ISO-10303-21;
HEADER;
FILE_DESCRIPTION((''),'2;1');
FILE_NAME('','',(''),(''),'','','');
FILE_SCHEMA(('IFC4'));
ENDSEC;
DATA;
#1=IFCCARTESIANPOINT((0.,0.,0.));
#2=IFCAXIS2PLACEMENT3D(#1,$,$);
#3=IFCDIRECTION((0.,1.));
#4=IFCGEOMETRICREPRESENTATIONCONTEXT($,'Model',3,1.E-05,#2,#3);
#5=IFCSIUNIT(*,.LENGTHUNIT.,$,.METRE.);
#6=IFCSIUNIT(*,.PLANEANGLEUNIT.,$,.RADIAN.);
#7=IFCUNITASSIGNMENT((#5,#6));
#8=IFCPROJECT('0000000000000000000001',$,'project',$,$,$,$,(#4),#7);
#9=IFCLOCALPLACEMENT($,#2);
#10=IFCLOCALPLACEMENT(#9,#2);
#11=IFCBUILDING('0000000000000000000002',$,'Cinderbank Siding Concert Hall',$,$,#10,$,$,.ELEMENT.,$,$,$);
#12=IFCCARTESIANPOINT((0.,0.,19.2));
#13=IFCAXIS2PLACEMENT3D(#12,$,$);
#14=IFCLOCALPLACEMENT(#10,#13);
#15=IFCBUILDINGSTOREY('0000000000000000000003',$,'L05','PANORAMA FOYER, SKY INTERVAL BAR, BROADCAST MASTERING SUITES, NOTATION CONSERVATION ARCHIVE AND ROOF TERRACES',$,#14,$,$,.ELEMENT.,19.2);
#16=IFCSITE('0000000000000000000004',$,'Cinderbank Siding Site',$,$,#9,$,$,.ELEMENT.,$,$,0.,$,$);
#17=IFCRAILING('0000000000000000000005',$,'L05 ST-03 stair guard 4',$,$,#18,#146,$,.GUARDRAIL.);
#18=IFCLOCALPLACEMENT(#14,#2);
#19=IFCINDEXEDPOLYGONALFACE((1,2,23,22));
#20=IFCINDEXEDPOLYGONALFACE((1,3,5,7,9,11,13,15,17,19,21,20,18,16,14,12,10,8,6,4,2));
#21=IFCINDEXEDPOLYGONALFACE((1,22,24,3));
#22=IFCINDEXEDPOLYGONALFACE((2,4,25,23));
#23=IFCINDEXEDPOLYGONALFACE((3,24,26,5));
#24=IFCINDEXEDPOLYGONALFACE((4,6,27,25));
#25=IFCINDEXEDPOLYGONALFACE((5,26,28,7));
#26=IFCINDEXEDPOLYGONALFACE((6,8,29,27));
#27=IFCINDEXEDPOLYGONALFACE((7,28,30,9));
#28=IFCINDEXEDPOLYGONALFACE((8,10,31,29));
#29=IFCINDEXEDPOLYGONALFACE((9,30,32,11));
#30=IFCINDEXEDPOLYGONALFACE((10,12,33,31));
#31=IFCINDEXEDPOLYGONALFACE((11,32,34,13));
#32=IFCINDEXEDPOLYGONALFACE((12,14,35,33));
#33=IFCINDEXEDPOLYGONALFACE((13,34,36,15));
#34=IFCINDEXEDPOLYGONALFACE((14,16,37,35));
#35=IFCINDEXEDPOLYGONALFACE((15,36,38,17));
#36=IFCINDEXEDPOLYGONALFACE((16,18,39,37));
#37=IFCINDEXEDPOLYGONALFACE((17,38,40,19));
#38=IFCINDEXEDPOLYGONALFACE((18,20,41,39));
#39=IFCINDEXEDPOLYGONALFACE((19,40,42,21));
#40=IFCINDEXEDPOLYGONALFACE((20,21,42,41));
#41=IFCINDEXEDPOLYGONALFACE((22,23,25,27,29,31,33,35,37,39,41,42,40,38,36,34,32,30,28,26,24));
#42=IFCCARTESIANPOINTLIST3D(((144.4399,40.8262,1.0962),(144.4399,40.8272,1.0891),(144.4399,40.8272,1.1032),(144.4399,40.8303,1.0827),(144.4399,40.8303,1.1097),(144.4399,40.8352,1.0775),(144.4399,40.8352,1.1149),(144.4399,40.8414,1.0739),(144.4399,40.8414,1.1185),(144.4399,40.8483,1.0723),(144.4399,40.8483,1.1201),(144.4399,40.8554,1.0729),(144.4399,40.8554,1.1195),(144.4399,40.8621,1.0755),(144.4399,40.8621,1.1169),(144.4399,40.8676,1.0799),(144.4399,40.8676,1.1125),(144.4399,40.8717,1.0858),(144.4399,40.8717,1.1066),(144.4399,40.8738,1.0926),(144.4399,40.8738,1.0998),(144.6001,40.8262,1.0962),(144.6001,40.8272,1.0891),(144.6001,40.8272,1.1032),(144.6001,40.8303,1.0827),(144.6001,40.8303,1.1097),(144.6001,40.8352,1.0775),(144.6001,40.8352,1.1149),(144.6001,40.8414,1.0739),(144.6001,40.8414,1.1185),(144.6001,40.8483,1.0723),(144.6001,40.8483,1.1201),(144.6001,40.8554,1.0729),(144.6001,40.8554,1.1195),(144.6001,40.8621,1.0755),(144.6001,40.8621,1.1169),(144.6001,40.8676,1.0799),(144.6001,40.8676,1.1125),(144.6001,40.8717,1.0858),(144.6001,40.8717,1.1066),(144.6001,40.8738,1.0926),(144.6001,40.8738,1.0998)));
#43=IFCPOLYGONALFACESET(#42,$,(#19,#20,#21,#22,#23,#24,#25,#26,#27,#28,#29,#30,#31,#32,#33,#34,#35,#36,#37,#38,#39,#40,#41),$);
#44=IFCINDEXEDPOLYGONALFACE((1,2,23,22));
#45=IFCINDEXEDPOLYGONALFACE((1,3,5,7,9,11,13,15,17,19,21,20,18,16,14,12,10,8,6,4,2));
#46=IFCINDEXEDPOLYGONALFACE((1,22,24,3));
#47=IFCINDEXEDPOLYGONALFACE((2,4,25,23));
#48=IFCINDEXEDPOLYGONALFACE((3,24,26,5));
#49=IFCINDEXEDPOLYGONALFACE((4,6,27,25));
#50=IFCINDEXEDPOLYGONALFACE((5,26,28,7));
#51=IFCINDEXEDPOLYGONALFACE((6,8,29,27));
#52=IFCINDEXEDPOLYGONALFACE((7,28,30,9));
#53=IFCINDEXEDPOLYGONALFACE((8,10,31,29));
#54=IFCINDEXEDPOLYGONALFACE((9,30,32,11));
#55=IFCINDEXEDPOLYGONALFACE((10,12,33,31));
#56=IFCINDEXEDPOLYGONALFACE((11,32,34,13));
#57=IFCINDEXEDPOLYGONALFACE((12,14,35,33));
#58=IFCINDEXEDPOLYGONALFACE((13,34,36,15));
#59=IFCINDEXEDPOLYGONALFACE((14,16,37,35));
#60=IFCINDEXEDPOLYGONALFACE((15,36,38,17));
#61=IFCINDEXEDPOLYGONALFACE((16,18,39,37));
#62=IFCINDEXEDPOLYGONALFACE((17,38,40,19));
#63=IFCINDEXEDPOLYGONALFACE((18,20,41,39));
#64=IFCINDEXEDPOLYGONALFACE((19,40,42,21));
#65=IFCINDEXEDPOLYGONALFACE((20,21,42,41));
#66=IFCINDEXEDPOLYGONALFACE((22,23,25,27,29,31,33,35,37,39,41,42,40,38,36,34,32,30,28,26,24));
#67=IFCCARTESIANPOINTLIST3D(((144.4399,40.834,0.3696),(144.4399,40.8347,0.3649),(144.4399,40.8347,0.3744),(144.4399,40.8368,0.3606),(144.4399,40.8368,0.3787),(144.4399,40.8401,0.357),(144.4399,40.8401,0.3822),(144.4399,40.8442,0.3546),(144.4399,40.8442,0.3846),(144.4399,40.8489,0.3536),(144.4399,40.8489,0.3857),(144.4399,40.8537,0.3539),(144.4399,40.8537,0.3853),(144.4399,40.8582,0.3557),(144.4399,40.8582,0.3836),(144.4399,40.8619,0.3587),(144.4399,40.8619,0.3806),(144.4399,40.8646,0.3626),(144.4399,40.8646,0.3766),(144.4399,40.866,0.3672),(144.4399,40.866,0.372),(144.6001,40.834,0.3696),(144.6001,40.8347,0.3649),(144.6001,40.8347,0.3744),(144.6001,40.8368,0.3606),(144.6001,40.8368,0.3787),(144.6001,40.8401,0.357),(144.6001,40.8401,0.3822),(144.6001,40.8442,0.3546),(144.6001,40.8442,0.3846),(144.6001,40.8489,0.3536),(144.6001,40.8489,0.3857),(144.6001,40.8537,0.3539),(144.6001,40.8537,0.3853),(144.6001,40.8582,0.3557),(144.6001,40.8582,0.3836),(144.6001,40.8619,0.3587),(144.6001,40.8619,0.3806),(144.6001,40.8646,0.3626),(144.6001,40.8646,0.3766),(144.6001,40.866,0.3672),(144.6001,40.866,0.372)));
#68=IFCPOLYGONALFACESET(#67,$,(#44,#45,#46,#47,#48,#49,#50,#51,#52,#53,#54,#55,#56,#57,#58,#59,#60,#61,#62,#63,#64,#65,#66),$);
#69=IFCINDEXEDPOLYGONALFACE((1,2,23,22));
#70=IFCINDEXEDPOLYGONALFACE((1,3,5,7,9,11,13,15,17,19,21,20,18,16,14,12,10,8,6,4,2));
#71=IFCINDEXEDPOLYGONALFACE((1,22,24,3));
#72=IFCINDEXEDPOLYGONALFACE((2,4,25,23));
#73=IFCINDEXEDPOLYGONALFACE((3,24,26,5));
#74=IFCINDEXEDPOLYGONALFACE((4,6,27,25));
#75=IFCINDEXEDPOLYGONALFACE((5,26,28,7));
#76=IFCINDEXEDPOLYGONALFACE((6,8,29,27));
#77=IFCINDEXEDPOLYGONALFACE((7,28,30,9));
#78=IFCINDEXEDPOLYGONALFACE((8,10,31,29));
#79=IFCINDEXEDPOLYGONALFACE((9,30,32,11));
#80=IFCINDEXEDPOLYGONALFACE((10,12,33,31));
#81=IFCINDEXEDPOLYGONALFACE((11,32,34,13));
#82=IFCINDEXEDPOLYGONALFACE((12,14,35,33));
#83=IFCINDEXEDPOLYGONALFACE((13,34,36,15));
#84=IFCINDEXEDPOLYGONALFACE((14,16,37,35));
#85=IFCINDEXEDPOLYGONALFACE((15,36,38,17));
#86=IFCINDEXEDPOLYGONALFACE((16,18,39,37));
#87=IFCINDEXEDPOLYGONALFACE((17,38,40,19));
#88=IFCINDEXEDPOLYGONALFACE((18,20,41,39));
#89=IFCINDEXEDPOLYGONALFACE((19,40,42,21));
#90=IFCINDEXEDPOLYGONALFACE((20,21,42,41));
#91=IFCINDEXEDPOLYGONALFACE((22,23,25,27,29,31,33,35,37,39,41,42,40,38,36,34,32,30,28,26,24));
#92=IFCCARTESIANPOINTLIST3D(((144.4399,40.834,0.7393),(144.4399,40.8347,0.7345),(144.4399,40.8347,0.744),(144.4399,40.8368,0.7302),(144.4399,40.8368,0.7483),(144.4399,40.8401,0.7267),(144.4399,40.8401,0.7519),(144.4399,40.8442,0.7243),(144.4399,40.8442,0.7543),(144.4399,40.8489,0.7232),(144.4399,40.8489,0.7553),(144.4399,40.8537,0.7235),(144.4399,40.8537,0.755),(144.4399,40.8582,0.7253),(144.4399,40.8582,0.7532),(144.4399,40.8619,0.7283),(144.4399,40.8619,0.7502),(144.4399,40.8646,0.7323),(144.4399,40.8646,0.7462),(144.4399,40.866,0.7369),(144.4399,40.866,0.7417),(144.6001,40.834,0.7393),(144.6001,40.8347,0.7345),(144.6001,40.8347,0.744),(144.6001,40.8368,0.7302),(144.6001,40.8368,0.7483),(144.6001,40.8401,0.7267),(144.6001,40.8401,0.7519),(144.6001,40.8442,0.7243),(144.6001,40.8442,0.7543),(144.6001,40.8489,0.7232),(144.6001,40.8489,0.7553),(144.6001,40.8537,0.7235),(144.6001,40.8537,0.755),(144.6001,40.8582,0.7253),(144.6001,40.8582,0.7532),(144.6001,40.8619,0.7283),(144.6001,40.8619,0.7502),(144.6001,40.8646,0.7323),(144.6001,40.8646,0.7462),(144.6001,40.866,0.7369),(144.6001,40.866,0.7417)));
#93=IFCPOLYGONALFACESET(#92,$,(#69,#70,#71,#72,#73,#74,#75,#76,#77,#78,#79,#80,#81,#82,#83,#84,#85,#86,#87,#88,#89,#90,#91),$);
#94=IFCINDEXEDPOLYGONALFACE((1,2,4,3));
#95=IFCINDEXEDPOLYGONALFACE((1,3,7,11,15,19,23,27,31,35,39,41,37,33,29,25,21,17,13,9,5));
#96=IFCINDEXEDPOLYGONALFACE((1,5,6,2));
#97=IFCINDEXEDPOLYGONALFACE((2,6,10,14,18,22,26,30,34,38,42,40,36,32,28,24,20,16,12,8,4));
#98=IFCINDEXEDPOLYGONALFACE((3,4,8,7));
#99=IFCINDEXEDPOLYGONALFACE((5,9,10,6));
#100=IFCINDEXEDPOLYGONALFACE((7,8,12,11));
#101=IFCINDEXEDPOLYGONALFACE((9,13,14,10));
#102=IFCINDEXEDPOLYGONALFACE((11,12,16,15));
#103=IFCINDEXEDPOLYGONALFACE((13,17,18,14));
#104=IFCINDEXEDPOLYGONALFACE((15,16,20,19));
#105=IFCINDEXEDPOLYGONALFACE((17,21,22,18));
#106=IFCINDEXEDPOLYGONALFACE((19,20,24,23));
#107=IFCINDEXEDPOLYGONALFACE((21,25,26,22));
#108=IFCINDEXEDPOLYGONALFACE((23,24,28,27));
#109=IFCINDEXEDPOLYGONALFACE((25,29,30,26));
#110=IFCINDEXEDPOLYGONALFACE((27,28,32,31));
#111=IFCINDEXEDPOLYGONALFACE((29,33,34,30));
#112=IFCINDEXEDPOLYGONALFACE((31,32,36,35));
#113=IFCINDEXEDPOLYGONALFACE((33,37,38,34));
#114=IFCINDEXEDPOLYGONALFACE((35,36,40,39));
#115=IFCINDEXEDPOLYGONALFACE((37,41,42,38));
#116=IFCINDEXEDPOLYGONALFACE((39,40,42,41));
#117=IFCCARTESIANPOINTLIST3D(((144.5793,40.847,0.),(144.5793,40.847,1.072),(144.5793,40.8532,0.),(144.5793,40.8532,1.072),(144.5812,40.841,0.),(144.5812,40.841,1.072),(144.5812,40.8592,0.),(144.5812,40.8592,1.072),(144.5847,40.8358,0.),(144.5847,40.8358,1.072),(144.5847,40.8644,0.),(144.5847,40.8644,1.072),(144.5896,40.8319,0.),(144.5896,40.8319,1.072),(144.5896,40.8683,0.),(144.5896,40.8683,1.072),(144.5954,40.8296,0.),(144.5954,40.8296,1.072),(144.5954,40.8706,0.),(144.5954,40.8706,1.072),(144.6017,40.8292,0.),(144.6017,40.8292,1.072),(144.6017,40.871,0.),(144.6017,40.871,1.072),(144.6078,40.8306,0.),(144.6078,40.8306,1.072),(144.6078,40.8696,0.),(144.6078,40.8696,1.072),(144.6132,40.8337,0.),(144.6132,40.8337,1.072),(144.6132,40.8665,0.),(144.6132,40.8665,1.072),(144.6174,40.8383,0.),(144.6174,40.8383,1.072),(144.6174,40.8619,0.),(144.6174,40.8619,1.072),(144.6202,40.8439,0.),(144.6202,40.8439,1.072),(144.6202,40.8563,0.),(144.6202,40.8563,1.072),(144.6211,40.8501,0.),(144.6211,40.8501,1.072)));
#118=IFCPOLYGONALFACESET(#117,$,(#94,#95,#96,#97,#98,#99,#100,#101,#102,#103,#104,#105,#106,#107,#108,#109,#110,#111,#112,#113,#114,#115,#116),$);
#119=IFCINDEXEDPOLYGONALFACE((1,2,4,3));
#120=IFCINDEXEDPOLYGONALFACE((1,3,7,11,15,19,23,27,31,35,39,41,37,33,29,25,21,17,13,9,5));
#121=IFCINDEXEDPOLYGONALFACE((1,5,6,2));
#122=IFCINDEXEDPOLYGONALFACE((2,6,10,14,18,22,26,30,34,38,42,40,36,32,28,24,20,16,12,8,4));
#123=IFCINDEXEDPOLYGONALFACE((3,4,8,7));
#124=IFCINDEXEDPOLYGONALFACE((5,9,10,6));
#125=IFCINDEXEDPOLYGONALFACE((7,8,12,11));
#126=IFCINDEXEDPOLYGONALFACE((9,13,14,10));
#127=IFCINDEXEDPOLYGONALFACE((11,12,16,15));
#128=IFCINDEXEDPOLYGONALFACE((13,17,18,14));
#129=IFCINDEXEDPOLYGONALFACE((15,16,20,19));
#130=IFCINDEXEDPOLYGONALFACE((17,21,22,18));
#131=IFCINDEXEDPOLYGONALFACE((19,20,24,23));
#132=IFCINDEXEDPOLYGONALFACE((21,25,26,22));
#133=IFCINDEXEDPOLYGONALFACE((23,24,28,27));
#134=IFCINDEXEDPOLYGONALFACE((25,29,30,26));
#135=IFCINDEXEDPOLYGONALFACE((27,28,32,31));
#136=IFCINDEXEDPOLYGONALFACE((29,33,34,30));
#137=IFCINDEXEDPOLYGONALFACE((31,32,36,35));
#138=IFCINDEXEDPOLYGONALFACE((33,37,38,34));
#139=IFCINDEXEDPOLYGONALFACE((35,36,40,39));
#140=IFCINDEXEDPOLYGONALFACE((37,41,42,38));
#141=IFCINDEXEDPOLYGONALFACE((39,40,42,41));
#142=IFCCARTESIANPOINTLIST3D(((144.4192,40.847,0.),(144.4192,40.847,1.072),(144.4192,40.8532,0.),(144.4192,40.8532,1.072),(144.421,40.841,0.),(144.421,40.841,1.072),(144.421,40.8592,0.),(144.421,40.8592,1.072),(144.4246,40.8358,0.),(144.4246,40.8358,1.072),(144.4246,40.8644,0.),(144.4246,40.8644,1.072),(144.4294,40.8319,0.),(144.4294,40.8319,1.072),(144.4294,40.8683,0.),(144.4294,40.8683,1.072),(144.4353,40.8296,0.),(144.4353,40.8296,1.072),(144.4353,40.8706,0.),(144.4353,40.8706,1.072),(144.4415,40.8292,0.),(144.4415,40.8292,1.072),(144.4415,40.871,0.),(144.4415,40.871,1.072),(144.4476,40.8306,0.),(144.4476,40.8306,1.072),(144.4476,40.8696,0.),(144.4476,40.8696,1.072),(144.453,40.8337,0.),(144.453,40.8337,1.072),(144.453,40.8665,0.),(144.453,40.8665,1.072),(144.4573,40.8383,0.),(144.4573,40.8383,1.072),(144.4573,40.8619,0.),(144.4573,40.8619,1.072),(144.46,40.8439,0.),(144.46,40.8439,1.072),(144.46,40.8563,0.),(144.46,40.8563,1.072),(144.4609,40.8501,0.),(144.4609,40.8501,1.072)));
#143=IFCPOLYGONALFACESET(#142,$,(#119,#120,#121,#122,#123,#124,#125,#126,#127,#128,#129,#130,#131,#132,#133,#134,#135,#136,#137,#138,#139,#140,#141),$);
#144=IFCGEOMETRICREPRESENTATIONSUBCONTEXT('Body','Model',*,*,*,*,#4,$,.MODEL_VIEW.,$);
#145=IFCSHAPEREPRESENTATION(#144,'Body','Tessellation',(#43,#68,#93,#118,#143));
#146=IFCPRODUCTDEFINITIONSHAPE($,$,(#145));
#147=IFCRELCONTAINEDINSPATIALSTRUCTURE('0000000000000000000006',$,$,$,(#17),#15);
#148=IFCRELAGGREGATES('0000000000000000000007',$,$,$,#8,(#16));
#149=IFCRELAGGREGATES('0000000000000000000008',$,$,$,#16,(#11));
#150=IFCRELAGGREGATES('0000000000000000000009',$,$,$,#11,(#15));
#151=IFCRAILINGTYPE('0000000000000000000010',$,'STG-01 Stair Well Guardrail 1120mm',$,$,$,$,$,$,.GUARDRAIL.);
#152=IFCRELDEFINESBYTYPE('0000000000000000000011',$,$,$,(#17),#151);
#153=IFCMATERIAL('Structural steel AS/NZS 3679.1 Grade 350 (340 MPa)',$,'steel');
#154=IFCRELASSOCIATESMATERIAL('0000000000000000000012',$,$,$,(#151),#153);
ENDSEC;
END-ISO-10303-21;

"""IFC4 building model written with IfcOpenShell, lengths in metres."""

from ifc_helpers import new_model, si_unit, direction, frame, origin, origin_2d, place, context, subcontext, project, spatial, circle, extrude, material, type_object, element, save


model = new_model("IFC4")

# Units and contexts
model_context = context("Model", 3, precision=1e-05, world=origin(), true_north=direction((0.0, 1.0)))
body_context = subcontext(model_context, "Body", "Model", "MODEL_VIEW")
ifc_project = project(units=[si_unit("LENGTHUNIT", "METRE"), si_unit("PLANEANGLEUNIT", "RADIAN")], contexts=[model_context])

# Site, building, storey
site_placement = place(None, origin())
site = spatial("IfcSite", under=ifc_project, at=site_placement, Name="Cinderbank Siding Site", CompositionType="ELEMENT", RefElevation=0.0)
building_placement = place(site_placement, origin())
building = spatial("IfcBuilding", under=site, at=building_placement, Name="Cinderbank Siding Concert Hall", CompositionType="ELEMENT")
storey_placement = place(building_placement, frame((0.0, 0.0, 19.2)))
storey = spatial("IfcBuildingStorey", under=building, at=storey_placement, Name="L05", Description="PANORAMA FOYER, SKY INTERVAL BAR, BROADCAST MASTERING SUITES, NOTATION CONSERVATION ARCHIVE AND ROOF TERRACES", CompositionType="ELEMENT", Elevation=19.2)

# Shared definitions
ifc_material_1 = material(Name="Structural steel AS/NZS 3679.1 Grade 350 (340 MPa)", Category="steel")

# Railing
railing_type = type_object("IfcRailingType", Name="STG-01 Stair Well Guardrail 1120mm", PredefinedType="GUARDRAIL", material=ifc_material_1)
railing_1_placement = place(storey_placement, frame((144.6001, 40.8501, 0.0)))
element("IfcRailing", 1, at=railing_1_placement, inside=storey, type_object=railing_type, Name="L05 ST-03 stair guard 4", PredefinedType="GUARDRAIL", context=body_context, shape_type="SweptSolid", body=[
    extrude(circle(Radius=0.0239, at=origin_2d()), frame((0.0, 0.0, 1.0962), z_axis=(-1.0, 0.0, 0.0), x_axis=(0.0, -1.0, 0.0)), (0.0, 0.0, 1.0), 0.1602),
    extrude(circle(Radius=0.0161, at=origin_2d()), frame((0.0, 0.0, 0.3696), z_axis=(-1.0, 0.0, 0.0), x_axis=(0.0, -1.0, 0.0)), (0.0, 0.0, 1.0), 0.1602),
    extrude(circle(Radius=0.0161, at=origin_2d()), frame((0.0, 0.0, 0.7393), z_axis=(-1.0, 0.0, 0.0), x_axis=(0.0, -1.0, 0.0)), (0.0, 0.0, 1.0), 0.1602),
    extrude(circle(Radius=0.021, at=origin_2d()), origin(), (0.0, 0.0, 1.0), 1.072),
    extrude(circle(Radius=0.021, at=origin_2d()), frame((-0.1602, 0.0, 0.0)), (0.0, 0.0, 1.0), 1.072),
])

save(model, "model.ifc")
